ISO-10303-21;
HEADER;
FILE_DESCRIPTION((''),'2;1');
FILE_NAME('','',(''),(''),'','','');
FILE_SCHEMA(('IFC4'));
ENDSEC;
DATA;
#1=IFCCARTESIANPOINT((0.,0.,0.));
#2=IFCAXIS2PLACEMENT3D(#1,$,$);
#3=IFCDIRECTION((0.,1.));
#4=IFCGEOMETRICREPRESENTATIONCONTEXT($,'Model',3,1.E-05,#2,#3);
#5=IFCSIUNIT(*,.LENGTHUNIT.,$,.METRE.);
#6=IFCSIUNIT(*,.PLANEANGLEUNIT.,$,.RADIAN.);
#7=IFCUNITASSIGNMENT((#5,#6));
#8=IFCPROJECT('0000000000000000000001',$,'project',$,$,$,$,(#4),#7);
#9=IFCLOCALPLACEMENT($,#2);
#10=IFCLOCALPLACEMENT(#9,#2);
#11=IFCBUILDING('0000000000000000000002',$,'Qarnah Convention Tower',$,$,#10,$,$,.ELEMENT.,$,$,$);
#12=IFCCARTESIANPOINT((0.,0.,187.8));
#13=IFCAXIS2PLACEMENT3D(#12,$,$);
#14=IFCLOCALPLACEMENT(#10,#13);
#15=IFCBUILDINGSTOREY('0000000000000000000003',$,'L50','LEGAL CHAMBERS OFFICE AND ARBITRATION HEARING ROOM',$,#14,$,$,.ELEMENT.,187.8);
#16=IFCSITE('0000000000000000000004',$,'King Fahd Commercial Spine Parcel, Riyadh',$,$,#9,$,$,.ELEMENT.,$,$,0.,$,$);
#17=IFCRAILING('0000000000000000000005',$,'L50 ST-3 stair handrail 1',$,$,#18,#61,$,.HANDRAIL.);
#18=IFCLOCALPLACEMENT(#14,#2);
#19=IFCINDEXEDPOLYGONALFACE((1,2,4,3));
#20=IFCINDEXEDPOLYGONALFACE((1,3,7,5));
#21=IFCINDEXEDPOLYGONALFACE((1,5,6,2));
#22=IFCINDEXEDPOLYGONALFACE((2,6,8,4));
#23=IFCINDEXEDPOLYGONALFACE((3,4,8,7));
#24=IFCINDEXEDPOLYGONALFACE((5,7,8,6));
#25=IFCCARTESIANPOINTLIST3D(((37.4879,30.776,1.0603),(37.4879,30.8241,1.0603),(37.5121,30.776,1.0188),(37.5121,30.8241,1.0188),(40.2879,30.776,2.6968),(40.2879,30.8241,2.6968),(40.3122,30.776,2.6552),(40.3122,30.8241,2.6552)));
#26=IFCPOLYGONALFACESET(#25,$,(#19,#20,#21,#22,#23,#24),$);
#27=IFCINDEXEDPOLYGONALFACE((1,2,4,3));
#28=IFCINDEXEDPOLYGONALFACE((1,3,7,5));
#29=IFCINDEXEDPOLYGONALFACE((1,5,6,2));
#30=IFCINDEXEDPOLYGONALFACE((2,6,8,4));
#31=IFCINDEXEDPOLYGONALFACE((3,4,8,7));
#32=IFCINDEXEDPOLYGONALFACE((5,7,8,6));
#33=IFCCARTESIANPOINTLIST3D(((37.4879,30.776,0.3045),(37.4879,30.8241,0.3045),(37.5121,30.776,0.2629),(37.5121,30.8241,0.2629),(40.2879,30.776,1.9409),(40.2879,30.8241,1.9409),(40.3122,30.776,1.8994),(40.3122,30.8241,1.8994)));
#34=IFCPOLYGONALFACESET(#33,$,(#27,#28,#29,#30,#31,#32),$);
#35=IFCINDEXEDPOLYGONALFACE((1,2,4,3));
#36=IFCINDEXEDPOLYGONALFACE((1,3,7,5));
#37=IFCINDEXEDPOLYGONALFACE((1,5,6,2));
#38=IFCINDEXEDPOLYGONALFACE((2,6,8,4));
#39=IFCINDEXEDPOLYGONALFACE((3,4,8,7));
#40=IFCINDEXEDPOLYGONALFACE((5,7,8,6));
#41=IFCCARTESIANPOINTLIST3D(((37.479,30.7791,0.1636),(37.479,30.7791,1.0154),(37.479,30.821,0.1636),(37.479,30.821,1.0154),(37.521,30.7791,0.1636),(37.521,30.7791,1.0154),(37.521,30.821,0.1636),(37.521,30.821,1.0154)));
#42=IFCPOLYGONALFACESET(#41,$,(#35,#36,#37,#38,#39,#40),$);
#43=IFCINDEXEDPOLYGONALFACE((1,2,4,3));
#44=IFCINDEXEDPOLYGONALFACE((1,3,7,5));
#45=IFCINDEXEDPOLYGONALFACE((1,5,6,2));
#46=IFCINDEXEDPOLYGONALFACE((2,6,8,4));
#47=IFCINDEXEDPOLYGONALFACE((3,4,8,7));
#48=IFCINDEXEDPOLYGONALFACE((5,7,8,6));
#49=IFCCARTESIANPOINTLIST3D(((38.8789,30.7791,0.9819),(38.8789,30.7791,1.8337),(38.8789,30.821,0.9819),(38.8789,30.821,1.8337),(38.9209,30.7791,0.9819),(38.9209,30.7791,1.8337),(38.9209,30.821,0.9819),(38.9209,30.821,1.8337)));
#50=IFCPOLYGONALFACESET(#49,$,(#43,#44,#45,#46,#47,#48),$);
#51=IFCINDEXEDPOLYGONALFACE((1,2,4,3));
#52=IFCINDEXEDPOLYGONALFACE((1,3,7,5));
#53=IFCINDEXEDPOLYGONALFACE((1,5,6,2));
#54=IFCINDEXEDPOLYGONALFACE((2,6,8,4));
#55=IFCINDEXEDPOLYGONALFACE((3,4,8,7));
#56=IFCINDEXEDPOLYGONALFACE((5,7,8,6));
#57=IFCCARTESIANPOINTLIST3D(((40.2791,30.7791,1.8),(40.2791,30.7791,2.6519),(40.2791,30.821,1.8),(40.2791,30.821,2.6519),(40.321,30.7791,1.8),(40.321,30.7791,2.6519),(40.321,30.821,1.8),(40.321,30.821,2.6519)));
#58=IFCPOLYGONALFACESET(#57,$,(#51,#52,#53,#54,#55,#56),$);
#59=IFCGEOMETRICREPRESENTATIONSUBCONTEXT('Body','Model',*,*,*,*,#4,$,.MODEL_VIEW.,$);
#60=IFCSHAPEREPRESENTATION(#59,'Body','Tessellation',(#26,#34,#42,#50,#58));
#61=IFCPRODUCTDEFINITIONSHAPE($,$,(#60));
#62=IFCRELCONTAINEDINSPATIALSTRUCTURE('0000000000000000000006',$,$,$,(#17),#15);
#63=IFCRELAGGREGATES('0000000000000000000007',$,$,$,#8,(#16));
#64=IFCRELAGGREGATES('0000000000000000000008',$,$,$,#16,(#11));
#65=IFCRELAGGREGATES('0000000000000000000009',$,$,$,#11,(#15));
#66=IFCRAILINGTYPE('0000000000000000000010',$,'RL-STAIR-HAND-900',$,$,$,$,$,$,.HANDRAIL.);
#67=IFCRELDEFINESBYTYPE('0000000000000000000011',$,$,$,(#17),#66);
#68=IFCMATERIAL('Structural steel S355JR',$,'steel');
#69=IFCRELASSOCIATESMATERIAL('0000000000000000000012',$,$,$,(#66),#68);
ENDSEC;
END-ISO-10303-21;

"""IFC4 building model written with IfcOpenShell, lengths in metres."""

from ifc_helpers import new_model, si_unit, direction, frame, origin, origin_2d, place, context, subcontext, project, spatial, rectangle, extrude, material, type_object, element, save


model = new_model("IFC4")

# Units and contexts
model_context = context("Model", 3, precision=1e-05, world=origin(), true_north=direction((0.0, 1.0)))
body_context = subcontext(model_context, "Body", "Model", "MODEL_VIEW")
ifc_project = project(units=[si_unit("LENGTHUNIT", "METRE"), si_unit("PLANEANGLEUNIT", "RADIAN")], contexts=[model_context])

# Site, building, storey
site_placement = place(None, origin())
site = spatial("IfcSite", under=ifc_project, at=site_placement, Name="King Fahd Commercial Spine Parcel, Riyadh", CompositionType="ELEMENT", RefElevation=0.0)
building_placement = place(site_placement, origin())
building = spatial("IfcBuilding", under=site, at=building_placement, Name="Qarnah Convention Tower", CompositionType="ELEMENT")
storey_placement = place(building_placement, frame((0.0, 0.0, 187.8)))
storey = spatial("IfcBuildingStorey", under=building, at=storey_placement, Name="L50", Description="LEGAL CHAMBERS OFFICE AND ARBITRATION HEARING ROOM", CompositionType="ELEMENT", Elevation=187.8)

# Shared definitions
ifc_material_1 = material(Name="Structural steel S355JR", Category="steel")

# Railing
railing_type_1 = type_object("IfcRailingType", Name="RL-STAIR-HAND-900", PredefinedType="HANDRAIL", material=ifc_material_1)
railing_1_placement = place(storey_placement, frame((37.5, 30.8, 0.1636)))
element("IfcRailing", 1, at=railing_1_placement, inside=storey, type_object=railing_type_1, Name="L50 ST-3 stair handrail 1", PredefinedType="HANDRAIL", context=body_context, shape_type="SweptSolid", body=[
    extrude(rectangle(XDim=0.0481, YDim=0.0481, at=origin_2d()), frame((0.0, 0.0, 0.876), z_axis=(0.863361, 0.0, 0.504587), x_axis=(0.0, 1.0, 0.0)), (0.0, 0.0, 1.0), 3.2432),
    extrude(rectangle(XDim=0.0481, YDim=0.0481, at=origin_2d()), frame((0.0, 0.0, 0.1201), z_axis=(0.863361, 0.0, 0.504587), x_axis=(0.0, 1.0, 0.0)), (0.0, 0.0, 1.0), 3.2432),
    extrude(rectangle(XDim=0.042, YDim=0.042, at=origin_2d()), origin(), (0.0, 0.0, 1.0), 0.8518),
    extrude(rectangle(XDim=0.042, YDim=0.042, at=origin_2d()), frame((1.3999, 0.0, 0.8184)), (0.0, 0.0, 1.0), 0.8518),
    extrude(rectangle(XDim=0.042, YDim=0.042, at=origin_2d()), frame((2.8, 0.0, 1.6365)), (0.0, 0.0, 1.0), 0.8518),
])

save(model, "model.ifc")
